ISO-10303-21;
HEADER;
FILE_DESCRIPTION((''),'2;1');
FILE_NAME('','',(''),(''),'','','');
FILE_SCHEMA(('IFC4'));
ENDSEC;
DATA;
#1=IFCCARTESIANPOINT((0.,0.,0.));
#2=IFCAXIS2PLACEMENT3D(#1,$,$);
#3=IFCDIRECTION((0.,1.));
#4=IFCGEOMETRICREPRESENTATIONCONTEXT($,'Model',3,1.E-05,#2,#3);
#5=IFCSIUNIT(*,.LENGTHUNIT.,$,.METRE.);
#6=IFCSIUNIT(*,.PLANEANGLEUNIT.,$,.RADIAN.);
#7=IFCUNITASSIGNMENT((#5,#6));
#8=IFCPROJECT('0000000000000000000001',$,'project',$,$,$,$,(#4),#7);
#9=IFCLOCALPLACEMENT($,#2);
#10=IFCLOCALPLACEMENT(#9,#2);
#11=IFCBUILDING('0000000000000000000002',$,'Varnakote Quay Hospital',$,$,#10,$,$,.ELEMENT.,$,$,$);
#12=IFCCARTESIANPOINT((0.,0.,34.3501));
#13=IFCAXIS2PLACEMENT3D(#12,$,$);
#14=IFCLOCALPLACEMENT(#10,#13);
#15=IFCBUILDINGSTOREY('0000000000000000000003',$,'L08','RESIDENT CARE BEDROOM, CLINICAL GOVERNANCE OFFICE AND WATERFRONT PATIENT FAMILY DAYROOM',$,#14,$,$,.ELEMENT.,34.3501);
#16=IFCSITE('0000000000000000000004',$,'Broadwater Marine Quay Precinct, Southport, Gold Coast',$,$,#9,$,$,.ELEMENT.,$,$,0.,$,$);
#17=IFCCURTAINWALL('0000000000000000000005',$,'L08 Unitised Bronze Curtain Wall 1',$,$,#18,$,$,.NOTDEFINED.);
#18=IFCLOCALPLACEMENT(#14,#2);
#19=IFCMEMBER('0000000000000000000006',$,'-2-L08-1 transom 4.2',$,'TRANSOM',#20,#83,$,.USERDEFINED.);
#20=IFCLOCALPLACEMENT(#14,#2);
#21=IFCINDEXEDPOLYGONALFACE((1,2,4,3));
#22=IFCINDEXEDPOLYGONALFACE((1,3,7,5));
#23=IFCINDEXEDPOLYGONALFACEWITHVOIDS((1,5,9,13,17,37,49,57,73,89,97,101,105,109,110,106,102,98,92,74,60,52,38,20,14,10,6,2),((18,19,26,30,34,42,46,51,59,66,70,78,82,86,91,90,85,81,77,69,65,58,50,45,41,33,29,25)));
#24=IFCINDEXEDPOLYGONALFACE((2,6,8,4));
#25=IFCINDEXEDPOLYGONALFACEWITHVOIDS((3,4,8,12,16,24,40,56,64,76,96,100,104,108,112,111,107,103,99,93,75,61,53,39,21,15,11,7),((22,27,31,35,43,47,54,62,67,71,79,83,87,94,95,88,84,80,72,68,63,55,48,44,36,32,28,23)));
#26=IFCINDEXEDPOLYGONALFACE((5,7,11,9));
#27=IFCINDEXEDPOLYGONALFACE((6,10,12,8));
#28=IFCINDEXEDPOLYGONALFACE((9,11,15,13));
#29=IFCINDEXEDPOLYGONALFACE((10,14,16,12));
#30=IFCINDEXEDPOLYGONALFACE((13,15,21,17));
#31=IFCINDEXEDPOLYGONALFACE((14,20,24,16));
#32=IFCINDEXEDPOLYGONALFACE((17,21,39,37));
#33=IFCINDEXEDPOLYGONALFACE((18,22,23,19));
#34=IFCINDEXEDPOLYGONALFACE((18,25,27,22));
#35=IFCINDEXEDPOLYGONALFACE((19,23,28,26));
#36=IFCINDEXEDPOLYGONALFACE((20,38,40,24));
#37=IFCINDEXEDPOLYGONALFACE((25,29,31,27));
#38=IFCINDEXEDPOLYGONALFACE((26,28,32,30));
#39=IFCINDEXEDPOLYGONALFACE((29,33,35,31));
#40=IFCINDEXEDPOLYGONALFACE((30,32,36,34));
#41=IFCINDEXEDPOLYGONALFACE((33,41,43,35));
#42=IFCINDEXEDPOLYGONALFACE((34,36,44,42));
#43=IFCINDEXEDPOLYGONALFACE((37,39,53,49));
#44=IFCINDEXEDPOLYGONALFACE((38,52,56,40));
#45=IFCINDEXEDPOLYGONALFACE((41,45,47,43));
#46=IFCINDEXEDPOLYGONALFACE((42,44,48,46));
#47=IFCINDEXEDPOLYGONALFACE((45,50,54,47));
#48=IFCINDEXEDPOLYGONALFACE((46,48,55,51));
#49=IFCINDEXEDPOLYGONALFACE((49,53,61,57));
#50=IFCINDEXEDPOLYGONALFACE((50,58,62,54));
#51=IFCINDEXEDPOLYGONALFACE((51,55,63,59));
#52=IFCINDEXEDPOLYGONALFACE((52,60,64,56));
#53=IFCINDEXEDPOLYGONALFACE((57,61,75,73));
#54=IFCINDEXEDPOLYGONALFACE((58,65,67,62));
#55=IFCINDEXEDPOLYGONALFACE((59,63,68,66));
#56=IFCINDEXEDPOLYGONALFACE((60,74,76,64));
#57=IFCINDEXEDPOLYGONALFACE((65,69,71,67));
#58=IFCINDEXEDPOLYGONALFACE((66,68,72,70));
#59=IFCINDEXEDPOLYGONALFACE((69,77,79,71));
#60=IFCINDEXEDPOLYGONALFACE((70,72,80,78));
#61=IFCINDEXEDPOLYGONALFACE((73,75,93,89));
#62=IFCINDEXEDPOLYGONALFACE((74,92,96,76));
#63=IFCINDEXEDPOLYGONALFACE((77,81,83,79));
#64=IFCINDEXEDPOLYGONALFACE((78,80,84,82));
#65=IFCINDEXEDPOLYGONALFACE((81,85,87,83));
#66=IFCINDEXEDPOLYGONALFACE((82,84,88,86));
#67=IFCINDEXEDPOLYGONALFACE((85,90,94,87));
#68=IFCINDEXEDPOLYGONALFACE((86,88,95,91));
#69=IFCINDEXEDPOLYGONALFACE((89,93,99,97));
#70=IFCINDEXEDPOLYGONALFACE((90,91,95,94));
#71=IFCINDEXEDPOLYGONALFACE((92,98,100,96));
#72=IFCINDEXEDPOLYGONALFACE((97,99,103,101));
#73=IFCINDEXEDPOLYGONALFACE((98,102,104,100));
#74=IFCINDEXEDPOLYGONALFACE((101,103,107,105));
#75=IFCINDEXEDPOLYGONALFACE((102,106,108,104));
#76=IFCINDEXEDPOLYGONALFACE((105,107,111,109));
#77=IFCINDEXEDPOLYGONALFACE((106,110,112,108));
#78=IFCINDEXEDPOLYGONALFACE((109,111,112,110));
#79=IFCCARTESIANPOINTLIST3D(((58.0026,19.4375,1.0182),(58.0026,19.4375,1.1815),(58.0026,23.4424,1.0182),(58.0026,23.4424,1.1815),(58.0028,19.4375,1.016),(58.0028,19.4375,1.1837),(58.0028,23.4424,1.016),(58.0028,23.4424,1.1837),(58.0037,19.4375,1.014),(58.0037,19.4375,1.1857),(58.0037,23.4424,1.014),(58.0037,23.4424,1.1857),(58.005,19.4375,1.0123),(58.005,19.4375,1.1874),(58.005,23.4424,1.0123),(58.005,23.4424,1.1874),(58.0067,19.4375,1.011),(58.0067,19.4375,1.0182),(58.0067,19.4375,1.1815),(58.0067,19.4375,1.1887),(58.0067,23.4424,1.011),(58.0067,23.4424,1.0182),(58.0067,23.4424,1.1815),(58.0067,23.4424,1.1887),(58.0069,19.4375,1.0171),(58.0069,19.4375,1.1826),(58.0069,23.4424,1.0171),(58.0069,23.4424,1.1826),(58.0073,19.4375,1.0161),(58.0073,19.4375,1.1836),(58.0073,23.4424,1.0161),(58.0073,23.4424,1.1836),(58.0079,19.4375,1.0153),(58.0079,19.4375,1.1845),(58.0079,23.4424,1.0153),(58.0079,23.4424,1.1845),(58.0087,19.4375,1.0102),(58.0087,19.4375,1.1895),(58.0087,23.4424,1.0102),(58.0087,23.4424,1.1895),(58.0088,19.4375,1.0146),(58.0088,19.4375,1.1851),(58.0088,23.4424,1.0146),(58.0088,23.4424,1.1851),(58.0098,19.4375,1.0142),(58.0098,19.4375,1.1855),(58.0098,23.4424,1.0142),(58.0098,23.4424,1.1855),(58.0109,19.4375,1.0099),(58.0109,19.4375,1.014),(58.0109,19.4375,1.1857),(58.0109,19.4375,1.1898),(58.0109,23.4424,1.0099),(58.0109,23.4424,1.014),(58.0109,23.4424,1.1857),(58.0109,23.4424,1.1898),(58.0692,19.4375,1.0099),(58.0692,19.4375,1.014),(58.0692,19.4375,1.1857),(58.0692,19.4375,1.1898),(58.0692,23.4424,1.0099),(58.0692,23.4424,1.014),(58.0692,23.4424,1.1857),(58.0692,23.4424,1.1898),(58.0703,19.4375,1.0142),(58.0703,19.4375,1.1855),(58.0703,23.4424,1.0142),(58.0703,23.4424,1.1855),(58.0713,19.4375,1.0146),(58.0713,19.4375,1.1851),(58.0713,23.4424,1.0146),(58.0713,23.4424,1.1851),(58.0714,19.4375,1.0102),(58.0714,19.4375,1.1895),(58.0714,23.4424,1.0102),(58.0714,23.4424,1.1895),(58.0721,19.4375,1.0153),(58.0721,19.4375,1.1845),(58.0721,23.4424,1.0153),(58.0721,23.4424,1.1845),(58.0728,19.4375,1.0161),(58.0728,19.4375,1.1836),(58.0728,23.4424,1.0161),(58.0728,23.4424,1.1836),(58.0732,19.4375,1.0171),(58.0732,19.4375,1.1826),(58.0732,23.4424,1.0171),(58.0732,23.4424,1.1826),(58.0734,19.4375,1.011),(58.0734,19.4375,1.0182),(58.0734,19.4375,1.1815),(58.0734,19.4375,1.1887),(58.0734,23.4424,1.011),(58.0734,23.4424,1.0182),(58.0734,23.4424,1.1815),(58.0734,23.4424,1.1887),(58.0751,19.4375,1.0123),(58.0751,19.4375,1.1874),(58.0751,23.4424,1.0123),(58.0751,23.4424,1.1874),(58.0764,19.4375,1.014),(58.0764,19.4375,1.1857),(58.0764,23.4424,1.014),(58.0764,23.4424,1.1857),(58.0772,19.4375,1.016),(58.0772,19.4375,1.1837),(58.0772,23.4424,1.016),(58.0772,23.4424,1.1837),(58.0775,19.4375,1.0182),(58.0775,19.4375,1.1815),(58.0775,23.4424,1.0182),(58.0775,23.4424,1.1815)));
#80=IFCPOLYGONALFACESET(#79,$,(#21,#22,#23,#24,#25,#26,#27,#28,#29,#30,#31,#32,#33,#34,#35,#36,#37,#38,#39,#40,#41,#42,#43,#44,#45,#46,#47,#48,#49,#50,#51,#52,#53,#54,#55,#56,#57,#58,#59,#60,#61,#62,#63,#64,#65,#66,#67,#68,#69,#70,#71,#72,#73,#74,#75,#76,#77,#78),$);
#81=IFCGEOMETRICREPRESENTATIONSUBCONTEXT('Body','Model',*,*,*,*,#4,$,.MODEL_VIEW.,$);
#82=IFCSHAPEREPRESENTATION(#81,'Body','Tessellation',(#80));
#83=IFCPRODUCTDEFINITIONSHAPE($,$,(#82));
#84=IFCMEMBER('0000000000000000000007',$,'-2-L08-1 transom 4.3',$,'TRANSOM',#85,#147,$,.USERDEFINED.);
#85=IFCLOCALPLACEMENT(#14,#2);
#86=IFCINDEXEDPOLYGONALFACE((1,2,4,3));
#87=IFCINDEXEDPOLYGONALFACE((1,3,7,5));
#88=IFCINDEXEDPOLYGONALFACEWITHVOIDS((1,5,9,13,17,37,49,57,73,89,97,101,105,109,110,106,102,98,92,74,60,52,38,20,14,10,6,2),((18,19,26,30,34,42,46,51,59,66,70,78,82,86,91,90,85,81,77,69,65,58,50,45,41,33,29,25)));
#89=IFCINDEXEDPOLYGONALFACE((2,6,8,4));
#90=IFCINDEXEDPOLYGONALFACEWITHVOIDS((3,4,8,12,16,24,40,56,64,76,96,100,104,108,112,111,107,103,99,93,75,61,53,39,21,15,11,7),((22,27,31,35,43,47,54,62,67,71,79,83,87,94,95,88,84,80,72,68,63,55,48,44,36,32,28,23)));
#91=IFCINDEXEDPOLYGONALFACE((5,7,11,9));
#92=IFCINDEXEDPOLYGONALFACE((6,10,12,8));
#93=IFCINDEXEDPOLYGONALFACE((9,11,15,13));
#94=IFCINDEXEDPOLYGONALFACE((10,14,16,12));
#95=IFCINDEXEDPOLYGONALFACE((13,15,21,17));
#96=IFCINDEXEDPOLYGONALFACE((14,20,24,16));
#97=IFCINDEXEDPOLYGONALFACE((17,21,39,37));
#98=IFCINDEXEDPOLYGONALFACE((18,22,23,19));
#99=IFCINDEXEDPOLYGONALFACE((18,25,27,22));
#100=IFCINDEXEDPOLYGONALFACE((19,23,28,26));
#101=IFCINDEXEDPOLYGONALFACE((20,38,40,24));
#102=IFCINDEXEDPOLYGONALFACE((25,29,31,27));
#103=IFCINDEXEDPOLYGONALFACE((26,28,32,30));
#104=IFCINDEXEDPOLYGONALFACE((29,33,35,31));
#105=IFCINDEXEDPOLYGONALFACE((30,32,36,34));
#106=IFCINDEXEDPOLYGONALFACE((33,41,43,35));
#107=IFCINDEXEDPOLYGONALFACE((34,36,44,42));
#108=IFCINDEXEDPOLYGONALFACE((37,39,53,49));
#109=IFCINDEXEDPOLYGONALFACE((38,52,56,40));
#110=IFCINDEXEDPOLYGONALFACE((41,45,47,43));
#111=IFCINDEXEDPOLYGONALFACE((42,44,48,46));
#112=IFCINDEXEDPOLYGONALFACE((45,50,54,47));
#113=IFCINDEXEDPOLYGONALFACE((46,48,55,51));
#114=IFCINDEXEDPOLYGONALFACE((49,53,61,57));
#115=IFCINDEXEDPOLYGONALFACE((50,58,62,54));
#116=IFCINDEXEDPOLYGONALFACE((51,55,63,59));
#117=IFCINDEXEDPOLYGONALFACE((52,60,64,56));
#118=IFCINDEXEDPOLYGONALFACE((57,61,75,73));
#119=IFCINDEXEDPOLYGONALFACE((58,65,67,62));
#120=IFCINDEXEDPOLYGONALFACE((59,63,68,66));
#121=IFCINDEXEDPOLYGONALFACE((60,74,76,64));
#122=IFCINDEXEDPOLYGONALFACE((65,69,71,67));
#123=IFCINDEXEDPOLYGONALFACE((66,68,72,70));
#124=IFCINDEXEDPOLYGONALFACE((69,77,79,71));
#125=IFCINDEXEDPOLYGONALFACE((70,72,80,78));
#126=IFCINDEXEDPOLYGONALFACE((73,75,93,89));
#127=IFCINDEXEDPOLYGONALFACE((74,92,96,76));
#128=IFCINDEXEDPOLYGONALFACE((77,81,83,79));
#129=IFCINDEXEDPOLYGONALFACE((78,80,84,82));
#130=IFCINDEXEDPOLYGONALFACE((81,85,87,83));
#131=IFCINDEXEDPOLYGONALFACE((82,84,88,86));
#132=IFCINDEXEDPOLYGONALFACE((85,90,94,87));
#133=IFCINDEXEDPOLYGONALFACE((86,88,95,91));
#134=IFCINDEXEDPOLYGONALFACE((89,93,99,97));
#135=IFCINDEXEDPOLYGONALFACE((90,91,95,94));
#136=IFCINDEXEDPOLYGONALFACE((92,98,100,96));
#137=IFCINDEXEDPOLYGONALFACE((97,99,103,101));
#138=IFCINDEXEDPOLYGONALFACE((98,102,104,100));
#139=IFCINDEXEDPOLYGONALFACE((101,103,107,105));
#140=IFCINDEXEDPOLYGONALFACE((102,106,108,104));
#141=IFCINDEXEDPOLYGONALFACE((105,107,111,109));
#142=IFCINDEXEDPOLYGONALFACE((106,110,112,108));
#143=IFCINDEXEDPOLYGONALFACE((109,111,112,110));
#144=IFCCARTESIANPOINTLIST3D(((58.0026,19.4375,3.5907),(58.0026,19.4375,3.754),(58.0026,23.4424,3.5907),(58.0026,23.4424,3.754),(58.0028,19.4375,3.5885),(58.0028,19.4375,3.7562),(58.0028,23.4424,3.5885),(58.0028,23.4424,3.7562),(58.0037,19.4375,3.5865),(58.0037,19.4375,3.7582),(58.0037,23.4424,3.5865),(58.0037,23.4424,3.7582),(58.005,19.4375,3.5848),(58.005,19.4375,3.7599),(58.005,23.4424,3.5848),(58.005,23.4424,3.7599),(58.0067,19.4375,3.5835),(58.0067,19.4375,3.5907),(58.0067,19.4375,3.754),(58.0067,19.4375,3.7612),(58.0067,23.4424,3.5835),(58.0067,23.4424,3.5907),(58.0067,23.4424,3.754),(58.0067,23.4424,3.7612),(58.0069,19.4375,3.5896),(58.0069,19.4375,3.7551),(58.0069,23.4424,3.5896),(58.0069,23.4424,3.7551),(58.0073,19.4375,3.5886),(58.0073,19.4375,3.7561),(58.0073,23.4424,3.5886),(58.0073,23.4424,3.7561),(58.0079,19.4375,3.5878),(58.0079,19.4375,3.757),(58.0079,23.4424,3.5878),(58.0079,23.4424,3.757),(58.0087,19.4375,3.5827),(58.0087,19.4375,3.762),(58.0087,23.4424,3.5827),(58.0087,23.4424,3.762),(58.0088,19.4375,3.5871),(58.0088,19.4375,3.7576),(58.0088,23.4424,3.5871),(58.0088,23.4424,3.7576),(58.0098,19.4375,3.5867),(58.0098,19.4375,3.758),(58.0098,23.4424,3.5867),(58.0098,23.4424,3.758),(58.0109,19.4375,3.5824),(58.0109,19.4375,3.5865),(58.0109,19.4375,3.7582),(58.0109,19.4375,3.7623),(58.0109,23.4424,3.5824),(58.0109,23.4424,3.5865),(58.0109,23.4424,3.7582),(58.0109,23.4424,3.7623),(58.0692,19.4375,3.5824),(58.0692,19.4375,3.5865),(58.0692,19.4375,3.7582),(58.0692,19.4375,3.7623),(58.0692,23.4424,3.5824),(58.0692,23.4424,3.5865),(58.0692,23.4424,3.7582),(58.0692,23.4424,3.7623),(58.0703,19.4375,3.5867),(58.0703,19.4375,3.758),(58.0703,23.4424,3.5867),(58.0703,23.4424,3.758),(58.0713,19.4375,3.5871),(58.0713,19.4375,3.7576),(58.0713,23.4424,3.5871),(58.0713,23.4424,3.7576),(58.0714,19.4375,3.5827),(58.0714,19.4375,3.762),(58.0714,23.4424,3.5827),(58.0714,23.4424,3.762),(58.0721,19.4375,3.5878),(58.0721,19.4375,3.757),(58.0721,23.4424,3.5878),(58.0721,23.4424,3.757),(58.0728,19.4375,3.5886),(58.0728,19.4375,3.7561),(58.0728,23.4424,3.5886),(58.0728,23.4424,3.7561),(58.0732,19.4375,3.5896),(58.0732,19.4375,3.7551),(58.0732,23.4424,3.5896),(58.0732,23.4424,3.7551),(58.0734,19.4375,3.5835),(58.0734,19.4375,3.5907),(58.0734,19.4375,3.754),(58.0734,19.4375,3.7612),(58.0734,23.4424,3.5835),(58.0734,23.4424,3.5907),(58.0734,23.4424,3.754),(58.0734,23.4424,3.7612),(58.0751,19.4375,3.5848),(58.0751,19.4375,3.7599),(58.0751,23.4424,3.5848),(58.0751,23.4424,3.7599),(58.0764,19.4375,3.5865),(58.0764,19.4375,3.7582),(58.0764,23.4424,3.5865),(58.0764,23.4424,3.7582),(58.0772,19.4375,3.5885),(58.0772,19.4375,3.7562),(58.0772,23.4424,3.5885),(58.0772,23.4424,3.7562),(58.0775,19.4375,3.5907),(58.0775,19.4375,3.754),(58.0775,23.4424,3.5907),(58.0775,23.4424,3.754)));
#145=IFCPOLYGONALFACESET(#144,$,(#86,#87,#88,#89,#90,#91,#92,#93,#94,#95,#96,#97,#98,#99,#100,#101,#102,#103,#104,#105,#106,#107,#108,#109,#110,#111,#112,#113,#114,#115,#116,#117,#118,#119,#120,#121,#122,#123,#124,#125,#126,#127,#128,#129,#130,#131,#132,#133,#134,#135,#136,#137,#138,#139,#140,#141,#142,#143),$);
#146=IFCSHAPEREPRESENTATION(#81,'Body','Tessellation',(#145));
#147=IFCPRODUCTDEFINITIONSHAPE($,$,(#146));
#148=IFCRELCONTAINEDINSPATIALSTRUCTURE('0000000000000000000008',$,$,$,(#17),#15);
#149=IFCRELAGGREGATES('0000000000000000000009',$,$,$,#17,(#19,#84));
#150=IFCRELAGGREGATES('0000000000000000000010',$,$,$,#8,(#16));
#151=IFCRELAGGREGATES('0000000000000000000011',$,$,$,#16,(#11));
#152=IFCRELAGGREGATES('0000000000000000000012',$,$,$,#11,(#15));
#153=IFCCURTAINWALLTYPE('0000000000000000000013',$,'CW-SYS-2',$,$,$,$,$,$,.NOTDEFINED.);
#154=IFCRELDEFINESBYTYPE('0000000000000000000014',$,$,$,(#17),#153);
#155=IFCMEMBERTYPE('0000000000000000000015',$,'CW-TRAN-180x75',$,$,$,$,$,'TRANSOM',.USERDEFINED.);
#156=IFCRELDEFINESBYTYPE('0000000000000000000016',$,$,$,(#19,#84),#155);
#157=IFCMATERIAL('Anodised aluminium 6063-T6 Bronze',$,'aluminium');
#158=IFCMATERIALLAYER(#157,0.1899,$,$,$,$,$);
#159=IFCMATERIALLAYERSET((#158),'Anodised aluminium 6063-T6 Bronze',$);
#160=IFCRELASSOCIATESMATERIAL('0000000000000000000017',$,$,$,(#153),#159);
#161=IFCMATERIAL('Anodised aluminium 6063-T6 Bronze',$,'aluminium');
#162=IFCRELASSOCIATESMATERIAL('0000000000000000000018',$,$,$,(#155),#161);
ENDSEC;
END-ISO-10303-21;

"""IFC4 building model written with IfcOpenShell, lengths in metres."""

from ifc_helpers import new_model, si_unit, direction, frame, origin, origin_2d, place, context, subcontext, project, spatial, hollow_rectangle, extrude, material, layer, layer_set, material_profile, profile_set, type_object, element, aggregate, save


model = new_model("IFC4")

# Units and contexts
model_context = context("Model", 3, precision=1e-05, world=origin(), true_north=direction((0.0, 1.0)))
body_context = subcontext(model_context, "Body", "Model", "MODEL_VIEW")
ifc_project = project(units=[si_unit("LENGTHUNIT", "METRE"), si_unit("PLANEANGLEUNIT", "RADIAN")], contexts=[model_context])

# Site, building, storey
site_placement = place(None, origin())
site = spatial("IfcSite", under=ifc_project, at=site_placement, Name="Broadwater Marine Quay Precinct, Southport, Gold Coast", CompositionType="ELEMENT", RefElevation=0.0)
building_placement = place(site_placement, origin())
building = spatial("IfcBuilding", under=site, at=building_placement, Name="Varnakote Quay Hospital", CompositionType="ELEMENT")
storey_placement = place(building_placement, frame((0.0, 0.0, 34.3501)))
storey = spatial("IfcBuildingStorey", under=building, at=storey_placement, Name="L08", Description="RESIDENT CARE BEDROOM, CLINICAL GOVERNANCE OFFICE AND WATERFRONT PATIENT FAMILY DAYROOM", CompositionType="ELEMENT", Elevation=34.3501)

# Curtain wall, members
ifc_material_1 = material(Name="Anodised aluminium 6063-T6 Bronze", Category="aluminium")
ifc_layer_1 = layer(ifc_material_1, 0.1899)
ifc_layer_set_1 = layer_set([ifc_layer_1], Name="Anodised aluminium 6063-T6 Bronze")
curtain_wall_type = type_object("IfcCurtainWallType", Name="CW-SYS-2", PredefinedType="NOTDEFINED", material=ifc_layer_set_1)
curtain_wall_placement = place(storey_placement, origin())
curtain_wall = element("IfcCurtainWall", 1, at=curtain_wall_placement, inside=storey, type_object=curtain_wall_type, Name="L08 Unitised Bronze Curtain Wall 1", PredefinedType="NOTDEFINED")
ifc_material_2 = material(Name="Anodised aluminium 6063-T6 Bronze", Category="aluminium")
ifc_material_profile_1 = material_profile(ifc_material_2, hollow_rectangle(XDim=0.075, YDim=0.1799, WallThickness=0.0042, InnerFilletRadius=0.0042, OuterFilletRadius=0.0083, at=origin_2d()), Name="CW-TRAN-180x75")
ifc_profile_set_1 = profile_set([ifc_material_profile_1], Name="Anodised aluminium 6063-T6 Bronze")
member_type_1 = type_object("IfcMemberType", Name="CW-TRAN-180x75", ElementType="TRANSOM", PredefinedType="USERDEFINED", material=ifc_profile_set_1)
member_1_placement = place(storey_placement, frame((58.04, 19.4375, 1.0999), z_axis=(0.0, 1.0, 0.0), x_axis=(-1.0, 0.0, 0.0)))
member_1 = element("IfcMember", 2, at=member_1_placement, type_object=member_type_1, Name="-2-L08-1 transom 4.2", ObjectType="TRANSOM", PredefinedType="USERDEFINED", context=body_context, shape_type="SweptSolid", body=[
    extrude(hollow_rectangle(XDim=0.075, YDim=0.1799, WallThickness=0.0042, InnerFilletRadius=0.0042, OuterFilletRadius=0.0083, at=origin_2d()), origin(), (0.0, 0.0, 1.0), 4.0049),
])
member_2_placement = place(storey_placement, frame((58.04, 19.4375, 3.6724), z_axis=(0.0, 1.0, 0.0), x_axis=(-1.0, 0.0, 0.0)))
member_2 = element("IfcMember", 3, at=member_2_placement, type_object=member_type_1, Name="-2-L08-1 transom 4.3", ObjectType="TRANSOM", PredefinedType="USERDEFINED", context=body_context, shape_type="SweptSolid", body=[
    extrude(hollow_rectangle(XDim=0.075, YDim=0.1799, WallThickness=0.0042, InnerFilletRadius=0.0042, OuterFilletRadius=0.0083, at=origin_2d()), origin(), (0.0, 0.0, 1.0), 4.0049),
])
aggregate(curtain_wall, [member_1, member_2])

save(model, "model.ifc")
